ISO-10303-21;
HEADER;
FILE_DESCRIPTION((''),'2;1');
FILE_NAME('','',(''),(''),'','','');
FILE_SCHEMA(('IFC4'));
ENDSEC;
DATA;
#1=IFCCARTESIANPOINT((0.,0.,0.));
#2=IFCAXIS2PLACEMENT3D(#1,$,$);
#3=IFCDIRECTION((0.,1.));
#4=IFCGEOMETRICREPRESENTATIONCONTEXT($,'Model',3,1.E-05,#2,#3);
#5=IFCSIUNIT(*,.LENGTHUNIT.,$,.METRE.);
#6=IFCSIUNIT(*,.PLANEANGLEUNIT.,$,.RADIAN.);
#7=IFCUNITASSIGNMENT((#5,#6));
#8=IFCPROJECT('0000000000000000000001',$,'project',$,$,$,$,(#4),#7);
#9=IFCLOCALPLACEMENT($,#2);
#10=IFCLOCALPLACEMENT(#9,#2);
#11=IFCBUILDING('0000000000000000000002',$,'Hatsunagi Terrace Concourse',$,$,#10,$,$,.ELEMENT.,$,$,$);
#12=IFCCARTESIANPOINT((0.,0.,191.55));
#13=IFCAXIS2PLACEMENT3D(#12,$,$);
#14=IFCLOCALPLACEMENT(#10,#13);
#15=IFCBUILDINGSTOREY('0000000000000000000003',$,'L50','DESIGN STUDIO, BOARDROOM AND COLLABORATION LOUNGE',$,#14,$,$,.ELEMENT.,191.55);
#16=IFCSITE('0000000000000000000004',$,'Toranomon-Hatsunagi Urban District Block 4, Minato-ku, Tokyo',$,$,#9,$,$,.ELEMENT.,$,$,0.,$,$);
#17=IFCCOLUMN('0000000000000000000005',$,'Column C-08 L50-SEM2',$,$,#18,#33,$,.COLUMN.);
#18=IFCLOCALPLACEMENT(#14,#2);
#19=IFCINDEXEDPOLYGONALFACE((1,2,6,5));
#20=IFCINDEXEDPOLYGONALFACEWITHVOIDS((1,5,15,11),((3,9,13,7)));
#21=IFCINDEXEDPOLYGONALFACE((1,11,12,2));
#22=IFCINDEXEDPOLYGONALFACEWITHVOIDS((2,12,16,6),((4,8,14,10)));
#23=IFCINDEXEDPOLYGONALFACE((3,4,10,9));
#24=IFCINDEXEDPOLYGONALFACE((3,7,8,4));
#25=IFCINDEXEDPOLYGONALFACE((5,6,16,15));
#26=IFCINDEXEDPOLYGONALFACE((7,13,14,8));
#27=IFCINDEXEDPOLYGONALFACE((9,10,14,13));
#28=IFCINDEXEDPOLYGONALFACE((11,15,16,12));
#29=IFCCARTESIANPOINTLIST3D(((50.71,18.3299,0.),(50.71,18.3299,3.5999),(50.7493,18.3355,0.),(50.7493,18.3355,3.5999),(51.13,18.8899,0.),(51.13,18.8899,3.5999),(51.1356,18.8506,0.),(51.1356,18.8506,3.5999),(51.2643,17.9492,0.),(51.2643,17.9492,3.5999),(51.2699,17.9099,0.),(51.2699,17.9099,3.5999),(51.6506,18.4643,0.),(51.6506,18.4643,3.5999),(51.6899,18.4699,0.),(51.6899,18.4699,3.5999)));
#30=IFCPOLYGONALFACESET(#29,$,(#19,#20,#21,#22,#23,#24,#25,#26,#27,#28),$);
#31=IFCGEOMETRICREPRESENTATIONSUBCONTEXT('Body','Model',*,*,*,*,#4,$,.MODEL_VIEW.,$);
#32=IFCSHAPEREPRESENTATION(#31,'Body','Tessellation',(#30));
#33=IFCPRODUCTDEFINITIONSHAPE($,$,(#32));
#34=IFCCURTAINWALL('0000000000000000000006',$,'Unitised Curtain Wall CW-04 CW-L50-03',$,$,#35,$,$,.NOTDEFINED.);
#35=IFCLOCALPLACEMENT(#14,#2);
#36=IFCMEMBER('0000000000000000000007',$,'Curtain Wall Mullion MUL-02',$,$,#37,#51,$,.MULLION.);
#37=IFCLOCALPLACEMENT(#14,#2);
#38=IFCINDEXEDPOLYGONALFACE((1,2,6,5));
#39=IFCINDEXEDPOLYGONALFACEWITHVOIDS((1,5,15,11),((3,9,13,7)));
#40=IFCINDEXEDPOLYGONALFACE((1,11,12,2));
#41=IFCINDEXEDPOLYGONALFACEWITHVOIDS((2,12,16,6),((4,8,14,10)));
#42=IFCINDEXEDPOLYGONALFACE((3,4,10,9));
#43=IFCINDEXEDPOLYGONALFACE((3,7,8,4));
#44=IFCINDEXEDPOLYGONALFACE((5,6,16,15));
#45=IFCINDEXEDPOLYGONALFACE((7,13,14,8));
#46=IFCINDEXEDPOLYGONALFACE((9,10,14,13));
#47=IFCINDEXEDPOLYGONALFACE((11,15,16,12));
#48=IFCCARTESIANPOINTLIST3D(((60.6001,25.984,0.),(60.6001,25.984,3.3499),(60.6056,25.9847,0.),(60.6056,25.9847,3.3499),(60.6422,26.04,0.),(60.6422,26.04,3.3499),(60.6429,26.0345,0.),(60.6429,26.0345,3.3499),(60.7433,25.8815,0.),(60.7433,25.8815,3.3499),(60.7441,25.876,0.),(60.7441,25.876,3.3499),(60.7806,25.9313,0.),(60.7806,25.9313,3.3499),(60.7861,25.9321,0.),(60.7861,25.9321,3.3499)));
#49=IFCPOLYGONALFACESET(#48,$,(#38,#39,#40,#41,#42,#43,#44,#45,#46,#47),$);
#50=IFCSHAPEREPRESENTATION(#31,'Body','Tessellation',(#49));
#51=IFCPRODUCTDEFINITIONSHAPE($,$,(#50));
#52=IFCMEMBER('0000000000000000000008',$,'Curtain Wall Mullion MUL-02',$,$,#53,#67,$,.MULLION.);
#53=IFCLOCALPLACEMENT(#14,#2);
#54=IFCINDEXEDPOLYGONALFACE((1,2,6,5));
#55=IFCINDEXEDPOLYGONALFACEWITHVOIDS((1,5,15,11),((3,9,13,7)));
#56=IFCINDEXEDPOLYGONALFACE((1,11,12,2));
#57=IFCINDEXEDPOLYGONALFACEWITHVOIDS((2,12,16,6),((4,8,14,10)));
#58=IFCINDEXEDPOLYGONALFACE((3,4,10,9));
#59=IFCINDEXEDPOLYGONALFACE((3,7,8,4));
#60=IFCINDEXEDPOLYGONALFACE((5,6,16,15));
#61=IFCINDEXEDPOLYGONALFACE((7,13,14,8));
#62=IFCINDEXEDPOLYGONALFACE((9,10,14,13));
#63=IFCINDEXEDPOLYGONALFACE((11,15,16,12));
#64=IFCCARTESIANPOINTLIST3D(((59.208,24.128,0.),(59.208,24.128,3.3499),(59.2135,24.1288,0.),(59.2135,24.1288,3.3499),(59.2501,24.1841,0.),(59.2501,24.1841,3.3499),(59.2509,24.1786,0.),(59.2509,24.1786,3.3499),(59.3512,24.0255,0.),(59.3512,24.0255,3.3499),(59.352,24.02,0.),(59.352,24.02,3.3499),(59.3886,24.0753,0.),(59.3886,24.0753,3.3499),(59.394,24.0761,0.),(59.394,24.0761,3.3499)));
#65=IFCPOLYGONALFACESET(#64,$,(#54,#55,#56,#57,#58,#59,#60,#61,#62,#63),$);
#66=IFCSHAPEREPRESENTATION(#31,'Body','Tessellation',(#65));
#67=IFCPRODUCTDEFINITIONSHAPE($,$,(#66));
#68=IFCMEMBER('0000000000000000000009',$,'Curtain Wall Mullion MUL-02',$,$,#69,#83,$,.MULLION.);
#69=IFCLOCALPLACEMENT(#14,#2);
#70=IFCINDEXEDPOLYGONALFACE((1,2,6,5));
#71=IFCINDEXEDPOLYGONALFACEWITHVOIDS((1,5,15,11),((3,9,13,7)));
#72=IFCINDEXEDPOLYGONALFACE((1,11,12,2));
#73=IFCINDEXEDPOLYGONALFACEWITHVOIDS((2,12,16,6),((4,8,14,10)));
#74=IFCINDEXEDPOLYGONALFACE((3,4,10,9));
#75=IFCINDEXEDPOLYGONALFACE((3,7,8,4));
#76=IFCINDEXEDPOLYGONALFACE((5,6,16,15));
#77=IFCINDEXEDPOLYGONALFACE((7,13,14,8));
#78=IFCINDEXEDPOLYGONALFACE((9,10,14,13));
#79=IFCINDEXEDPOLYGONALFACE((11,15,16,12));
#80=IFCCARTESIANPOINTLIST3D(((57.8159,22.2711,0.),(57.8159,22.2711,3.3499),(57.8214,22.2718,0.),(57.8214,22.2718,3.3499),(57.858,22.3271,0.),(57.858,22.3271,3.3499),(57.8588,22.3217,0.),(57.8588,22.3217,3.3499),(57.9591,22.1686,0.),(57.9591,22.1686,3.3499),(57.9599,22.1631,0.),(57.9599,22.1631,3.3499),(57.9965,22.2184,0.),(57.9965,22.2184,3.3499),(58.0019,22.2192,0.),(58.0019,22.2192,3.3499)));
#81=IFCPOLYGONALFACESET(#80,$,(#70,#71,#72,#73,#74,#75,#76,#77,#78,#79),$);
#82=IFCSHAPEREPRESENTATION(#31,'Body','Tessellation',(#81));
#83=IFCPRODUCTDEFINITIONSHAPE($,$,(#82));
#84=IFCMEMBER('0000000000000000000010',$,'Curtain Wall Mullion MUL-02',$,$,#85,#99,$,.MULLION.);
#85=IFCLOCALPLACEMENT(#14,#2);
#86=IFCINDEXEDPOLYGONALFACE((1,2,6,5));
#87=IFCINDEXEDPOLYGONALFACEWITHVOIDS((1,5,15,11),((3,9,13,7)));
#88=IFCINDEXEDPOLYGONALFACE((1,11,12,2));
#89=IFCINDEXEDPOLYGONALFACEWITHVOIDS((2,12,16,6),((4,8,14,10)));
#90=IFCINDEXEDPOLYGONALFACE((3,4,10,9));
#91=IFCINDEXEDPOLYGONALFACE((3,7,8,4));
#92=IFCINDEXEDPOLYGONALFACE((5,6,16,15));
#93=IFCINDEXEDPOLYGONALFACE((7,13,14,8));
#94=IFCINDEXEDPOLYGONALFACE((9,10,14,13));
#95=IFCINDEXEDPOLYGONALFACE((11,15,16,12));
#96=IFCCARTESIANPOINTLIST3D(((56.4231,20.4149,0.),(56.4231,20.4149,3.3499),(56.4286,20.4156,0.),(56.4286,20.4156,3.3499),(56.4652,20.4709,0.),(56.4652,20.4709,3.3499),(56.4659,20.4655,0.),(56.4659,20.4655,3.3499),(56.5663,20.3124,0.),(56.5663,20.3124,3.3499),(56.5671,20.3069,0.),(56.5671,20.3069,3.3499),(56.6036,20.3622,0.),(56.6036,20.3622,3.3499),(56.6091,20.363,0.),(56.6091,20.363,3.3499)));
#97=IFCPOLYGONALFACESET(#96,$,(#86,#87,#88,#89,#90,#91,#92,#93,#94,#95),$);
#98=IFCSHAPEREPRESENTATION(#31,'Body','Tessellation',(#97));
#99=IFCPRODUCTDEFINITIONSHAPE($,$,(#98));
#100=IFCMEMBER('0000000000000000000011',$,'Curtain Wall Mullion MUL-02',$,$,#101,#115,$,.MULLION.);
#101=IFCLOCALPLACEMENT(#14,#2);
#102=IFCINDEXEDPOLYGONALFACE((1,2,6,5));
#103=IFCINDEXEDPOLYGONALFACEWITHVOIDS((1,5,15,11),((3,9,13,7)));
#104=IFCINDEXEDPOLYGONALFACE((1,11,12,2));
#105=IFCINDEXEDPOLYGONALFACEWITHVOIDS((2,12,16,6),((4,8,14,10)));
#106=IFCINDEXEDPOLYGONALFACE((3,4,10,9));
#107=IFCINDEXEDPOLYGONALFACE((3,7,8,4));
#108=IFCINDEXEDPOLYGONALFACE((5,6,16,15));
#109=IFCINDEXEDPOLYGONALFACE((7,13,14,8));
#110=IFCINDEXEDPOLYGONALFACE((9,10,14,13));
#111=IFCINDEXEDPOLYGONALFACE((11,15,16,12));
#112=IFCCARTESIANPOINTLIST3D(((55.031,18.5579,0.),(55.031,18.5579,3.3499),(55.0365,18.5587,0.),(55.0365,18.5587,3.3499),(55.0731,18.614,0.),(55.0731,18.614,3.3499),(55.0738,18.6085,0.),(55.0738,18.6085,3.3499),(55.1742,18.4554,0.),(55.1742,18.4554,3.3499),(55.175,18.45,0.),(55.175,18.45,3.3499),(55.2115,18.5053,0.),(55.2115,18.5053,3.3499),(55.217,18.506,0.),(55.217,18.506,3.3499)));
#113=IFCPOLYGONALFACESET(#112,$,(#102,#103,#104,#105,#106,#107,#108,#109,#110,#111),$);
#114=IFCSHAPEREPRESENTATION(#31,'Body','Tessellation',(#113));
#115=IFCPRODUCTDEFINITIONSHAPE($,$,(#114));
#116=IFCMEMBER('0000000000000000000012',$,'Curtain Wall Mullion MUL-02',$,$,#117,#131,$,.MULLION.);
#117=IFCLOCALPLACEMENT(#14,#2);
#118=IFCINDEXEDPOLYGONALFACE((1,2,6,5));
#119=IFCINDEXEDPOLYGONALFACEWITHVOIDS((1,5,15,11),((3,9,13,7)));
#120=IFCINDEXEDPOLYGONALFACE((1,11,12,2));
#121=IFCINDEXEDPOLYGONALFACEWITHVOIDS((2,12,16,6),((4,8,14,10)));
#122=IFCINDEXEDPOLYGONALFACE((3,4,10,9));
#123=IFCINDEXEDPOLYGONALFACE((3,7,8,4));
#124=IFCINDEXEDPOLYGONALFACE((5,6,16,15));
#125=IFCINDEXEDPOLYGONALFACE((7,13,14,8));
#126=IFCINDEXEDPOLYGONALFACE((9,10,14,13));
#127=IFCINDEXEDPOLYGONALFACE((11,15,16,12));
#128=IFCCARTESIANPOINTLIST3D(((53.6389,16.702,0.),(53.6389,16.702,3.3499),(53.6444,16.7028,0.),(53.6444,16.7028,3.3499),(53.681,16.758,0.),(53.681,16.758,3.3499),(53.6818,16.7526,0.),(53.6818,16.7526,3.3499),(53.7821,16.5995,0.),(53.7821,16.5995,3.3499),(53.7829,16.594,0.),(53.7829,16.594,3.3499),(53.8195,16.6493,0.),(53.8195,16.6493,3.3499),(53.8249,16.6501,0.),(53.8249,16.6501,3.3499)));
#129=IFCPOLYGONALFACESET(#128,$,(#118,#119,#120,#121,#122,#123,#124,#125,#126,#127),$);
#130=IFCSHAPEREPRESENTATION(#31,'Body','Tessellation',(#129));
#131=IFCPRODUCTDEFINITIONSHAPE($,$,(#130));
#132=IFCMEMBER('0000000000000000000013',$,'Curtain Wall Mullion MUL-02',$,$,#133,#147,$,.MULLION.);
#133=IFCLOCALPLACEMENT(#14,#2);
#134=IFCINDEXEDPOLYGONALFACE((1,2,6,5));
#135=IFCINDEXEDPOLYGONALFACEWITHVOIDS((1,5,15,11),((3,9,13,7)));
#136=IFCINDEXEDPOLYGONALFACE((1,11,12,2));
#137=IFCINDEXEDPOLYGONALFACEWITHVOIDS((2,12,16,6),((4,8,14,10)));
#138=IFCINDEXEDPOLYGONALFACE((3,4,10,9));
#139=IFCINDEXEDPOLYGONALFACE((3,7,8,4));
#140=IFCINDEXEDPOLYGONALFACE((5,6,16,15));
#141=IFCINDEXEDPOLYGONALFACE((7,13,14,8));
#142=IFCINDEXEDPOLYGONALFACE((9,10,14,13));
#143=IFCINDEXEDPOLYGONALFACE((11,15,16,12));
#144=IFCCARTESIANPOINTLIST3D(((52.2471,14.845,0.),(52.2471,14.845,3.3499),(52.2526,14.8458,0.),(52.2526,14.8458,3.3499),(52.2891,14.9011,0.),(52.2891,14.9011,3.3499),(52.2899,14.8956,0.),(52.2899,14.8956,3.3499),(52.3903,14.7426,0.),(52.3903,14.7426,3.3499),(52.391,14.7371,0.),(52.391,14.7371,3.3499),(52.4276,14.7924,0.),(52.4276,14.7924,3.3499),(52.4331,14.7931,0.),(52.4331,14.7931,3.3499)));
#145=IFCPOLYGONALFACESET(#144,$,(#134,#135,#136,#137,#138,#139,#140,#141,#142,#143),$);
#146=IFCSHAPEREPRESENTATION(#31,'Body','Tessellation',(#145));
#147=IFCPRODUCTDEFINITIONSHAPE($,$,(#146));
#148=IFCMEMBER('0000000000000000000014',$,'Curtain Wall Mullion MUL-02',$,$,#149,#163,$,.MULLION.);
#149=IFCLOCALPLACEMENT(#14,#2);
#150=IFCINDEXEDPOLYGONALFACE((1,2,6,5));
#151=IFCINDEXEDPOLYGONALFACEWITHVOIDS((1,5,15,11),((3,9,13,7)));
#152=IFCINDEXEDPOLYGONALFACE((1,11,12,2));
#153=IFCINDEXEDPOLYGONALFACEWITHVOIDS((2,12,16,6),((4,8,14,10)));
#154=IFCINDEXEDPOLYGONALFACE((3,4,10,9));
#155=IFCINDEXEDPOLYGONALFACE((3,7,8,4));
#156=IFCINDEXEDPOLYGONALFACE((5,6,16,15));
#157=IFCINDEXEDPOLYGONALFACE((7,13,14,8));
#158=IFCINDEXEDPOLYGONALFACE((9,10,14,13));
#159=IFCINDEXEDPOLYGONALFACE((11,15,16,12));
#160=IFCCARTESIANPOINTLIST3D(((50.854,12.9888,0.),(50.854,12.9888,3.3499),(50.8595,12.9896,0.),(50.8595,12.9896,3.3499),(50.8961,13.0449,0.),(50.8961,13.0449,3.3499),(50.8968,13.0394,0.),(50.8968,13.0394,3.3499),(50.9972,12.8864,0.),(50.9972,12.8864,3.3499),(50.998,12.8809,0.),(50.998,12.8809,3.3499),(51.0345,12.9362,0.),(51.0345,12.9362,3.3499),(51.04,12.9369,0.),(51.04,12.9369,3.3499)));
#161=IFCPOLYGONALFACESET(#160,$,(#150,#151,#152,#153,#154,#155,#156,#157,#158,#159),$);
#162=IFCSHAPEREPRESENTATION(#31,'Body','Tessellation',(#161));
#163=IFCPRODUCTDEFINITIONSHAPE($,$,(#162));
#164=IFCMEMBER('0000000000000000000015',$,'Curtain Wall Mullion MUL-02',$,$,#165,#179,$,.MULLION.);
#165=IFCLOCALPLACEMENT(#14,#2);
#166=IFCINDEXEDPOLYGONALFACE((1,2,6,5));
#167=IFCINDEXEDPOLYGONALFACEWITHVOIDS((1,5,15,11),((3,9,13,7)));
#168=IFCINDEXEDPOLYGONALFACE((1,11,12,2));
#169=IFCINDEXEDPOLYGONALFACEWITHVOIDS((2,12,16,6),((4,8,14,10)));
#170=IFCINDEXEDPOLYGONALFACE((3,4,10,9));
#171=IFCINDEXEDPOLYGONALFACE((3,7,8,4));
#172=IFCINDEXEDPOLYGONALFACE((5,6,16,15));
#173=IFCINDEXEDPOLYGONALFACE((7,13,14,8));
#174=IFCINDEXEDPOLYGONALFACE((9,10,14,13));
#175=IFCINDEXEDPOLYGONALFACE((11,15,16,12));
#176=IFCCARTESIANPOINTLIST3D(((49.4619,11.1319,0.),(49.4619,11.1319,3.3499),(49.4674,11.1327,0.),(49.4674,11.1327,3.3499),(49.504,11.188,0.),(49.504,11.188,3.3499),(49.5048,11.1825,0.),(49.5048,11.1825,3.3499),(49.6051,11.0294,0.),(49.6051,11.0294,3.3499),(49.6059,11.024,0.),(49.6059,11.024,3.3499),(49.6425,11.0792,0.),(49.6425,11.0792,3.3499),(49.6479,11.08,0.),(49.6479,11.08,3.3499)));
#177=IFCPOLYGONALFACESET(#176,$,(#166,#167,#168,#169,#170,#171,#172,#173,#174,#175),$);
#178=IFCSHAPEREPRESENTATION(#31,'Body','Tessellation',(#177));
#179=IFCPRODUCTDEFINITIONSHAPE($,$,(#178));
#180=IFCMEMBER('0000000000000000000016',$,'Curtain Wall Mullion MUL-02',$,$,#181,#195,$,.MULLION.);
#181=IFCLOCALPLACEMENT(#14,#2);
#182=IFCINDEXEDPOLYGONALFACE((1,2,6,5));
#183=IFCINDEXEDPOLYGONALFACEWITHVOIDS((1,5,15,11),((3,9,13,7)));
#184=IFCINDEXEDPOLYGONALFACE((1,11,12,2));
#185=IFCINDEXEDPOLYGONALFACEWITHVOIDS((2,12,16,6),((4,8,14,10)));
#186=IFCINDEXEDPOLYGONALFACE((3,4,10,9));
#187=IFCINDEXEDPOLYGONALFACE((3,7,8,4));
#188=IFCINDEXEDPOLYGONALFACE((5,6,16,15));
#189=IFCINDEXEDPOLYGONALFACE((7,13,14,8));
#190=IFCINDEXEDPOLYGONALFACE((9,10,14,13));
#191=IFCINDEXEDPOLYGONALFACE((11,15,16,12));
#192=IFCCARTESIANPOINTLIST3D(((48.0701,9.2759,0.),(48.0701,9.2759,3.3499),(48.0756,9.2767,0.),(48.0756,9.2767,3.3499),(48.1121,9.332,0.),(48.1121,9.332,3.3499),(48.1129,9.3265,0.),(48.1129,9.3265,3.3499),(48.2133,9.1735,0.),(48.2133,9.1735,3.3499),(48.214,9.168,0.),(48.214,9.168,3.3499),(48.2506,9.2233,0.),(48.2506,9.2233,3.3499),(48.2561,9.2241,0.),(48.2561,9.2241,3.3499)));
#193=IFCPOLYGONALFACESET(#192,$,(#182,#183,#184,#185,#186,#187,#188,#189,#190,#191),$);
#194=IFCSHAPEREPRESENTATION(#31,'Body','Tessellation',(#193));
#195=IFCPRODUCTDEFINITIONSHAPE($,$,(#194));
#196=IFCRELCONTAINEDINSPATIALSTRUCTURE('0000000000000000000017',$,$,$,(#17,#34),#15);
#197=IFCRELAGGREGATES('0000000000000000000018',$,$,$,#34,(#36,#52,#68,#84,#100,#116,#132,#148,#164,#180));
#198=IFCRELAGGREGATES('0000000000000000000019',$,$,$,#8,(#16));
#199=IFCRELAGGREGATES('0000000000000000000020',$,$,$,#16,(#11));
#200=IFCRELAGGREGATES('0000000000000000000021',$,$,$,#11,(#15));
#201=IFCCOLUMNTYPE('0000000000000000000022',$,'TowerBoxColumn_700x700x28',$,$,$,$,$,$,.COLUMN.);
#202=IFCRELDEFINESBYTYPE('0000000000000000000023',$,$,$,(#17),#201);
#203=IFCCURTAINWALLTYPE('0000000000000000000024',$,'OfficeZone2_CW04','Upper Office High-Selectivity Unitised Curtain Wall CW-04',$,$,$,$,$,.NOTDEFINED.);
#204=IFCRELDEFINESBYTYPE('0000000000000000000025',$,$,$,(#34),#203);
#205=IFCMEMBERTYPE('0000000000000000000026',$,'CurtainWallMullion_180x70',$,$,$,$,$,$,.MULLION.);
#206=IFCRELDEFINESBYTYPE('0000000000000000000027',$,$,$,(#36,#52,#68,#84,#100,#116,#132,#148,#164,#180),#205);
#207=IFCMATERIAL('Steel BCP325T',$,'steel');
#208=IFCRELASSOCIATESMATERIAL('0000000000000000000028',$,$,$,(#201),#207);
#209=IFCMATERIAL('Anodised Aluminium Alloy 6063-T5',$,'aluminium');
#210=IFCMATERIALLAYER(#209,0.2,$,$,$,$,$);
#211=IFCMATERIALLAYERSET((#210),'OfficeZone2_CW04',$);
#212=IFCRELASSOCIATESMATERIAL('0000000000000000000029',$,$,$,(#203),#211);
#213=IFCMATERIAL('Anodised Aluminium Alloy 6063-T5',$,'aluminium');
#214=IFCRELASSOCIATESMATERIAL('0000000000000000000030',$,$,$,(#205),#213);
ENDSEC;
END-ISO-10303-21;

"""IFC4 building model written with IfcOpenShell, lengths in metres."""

from ifc_helpers import new_model, si_unit, direction, frame, origin, origin_2d, place, context, subcontext, project, spatial, hollow_rectangle, extrude, material, layer, layer_set, material_profile, profile_set, type_object, element, aggregate, save


model = new_model("IFC4")

# Units and contexts
model_context = context("Model", 3, precision=1e-05, world=origin(), true_north=direction((0.0, 1.0)))
body_context = subcontext(model_context, "Body", "Model", "MODEL_VIEW")
ifc_project = project(units=[si_unit("LENGTHUNIT", "METRE"), si_unit("PLANEANGLEUNIT", "RADIAN")], contexts=[model_context])

# Site, building, storey
site_placement = place(None, origin())
site = spatial("IfcSite", under=ifc_project, at=site_placement, Name="Toranomon-Hatsunagi Urban District Block 4, Minato-ku, Tokyo", CompositionType="ELEMENT", RefElevation=0.0)
building_placement = place(site_placement, origin())
building = spatial("IfcBuilding", under=site, at=building_placement, Name="Hatsunagi Terrace Concourse", CompositionType="ELEMENT")
storey_placement = place(building_placement, frame((0.0, 0.0, 191.55)))
storey = spatial("IfcBuildingStorey", under=building, at=storey_placement, Name="L50", Description="DESIGN STUDIO, BOARDROOM AND COLLABORATION LOUNGE", CompositionType="ELEMENT", Elevation=191.55)

# Column
ifc_material_1 = material(Name="Steel BCP325T", Category="steel")
ifc_material_profile_1 = material_profile(ifc_material_1, hollow_rectangle(XDim=0.7, YDim=0.7, WallThickness=0.0281, at=origin_2d()), Name="BCP-700x700x28")
ifc_profile_set_1 = profile_set([ifc_material_profile_1], Name="Steel BCP325T")
column_type = type_object("IfcColumnType", Name="TowerBoxColumn_700x700x28", PredefinedType="COLUMN", material=ifc_profile_set_1)
column_placement = place(storey_placement, frame((51.2, 18.3999, 0.0), z_axis=(0.0, 0.0, 1.0), x_axis=(0.8, -0.6, 0.0)))
element("IfcColumn", 1, at=column_placement, inside=storey, type_object=column_type, Name="Column C-08 L50-SEM2", PredefinedType="COLUMN", context=body_context, shape_type="SweptSolid", body=[
    extrude(hollow_rectangle(XDim=0.7, YDim=0.7, WallThickness=0.0281, at=origin_2d()), origin(), (0.0, 0.0, 1.0), 3.5999),
])

# Curtain wall, members
ifc_material_2 = material(Name="Anodised Aluminium Alloy 6063-T5", Category="aluminium")
ifc_layer_1 = layer(ifc_material_2, 0.2)
ifc_layer_set_1 = layer_set([ifc_layer_1], Name="OfficeZone2_CW04")
curtain_wall_type = type_object("IfcCurtainWallType", Name="OfficeZone2_CW04", Description="Upper Office High-Selectivity Unitised Curtain Wall CW-04", PredefinedType="NOTDEFINED", material=ifc_layer_set_1)
curtain_wall_placement = place(storey_placement, origin())
curtain_wall = element("IfcCurtainWall", 2, at=curtain_wall_placement, inside=storey, type_object=curtain_wall_type, Name="Unitised Curtain Wall CW-04 CW-L50-03", PredefinedType="NOTDEFINED")
ifc_material_3 = material(Name="Anodised Aluminium Alloy 6063-T5", Category="aluminium")
ifc_material_profile_2 = material_profile(ifc_material_3, hollow_rectangle(XDim=0.0701, YDim=0.1799, WallThickness=0.0039, at=origin_2d()), Name="ALU-MUL-180x70x4")
ifc_profile_set_2 = profile_set([ifc_material_profile_2], Name="Anodised Aluminium Alloy 6063-T5")
member_type_1 = type_object("IfcMemberType", Name="CurtainWallMullion_180x70", PredefinedType="MULLION", material=ifc_profile_set_2)
member_1_placement = place(storey_placement, frame((60.6931, 25.958, 0.0), z_axis=(0.0, 0.0, 1.0), x_axis=(-0.599969, -0.800023, 0.0)))
member_1 = element("IfcMember", 3, at=member_1_placement, type_object=member_type_1, Name="Curtain Wall Mullion MUL-02", PredefinedType="MULLION", context=body_context, shape_type="SweptSolid", body=[
    extrude(hollow_rectangle(XDim=0.0701, YDim=0.1799, WallThickness=0.0039, at=origin_2d()), origin(), (0.0, 0.0, 1.0), 3.3499),
])
member_2_placement = place(storey_placement, frame((59.301, 24.1021, 0.0), z_axis=(0.0, 0.0, 1.0), x_axis=(-0.599969, -0.800023, 0.0)))
member_2 = element("IfcMember", 4, at=member_2_placement, type_object=member_type_1, Name="Curtain Wall Mullion MUL-02", PredefinedType="MULLION", context=body_context, shape_type="SweptSolid", body=[
    extrude(hollow_rectangle(XDim=0.0701, YDim=0.1799, WallThickness=0.0039, at=origin_2d()), origin(), (0.0, 0.0, 1.0), 3.3499),
])
member_3_placement = place(storey_placement, frame((57.9089, 22.2451, 0.0), z_axis=(0.0, 0.0, 1.0), x_axis=(-0.599969, -0.800023, 0.0)))
member_3 = element("IfcMember", 5, at=member_3_placement, type_object=member_type_1, Name="Curtain Wall Mullion MUL-02", PredefinedType="MULLION", context=body_context, shape_type="SweptSolid", body=[
    extrude(hollow_rectangle(XDim=0.0701, YDim=0.1799, WallThickness=0.0039, at=origin_2d()), origin(), (0.0, 0.0, 1.0), 3.3499),
])
member_4_placement = place(storey_placement, frame((56.5161, 20.3889, 0.0), z_axis=(0.0, 0.0, 1.0), x_axis=(-0.599969, -0.800023, 0.0)))
member_4 = element("IfcMember", 6, at=member_4_placement, type_object=member_type_1, Name="Curtain Wall Mullion MUL-02", PredefinedType="MULLION", context=body_context, shape_type="SweptSolid", body=[
    extrude(hollow_rectangle(XDim=0.0701, YDim=0.1799, WallThickness=0.0039, at=origin_2d()), origin(), (0.0, 0.0, 1.0), 3.3499),
])
member_5_placement = place(storey_placement, frame((55.124, 18.532, 0.0), z_axis=(0.0, 0.0, 1.0), x_axis=(-0.599969, -0.800023, 0.0)))
member_5 = element("IfcMember", 7, at=member_5_placement, type_object=member_type_1, Name="Curtain Wall Mullion MUL-02", PredefinedType="MULLION", context=body_context, shape_type="SweptSolid", body=[
    extrude(hollow_rectangle(XDim=0.0701, YDim=0.1799, WallThickness=0.0039, at=origin_2d()), origin(), (0.0, 0.0, 1.0), 3.3499),
])
member_6_placement = place(storey_placement, frame((53.7319, 16.676, 0.0), z_axis=(0.0, 0.0, 1.0), x_axis=(-0.599969, -0.800023, 0.0)))
member_6 = element("IfcMember", 8, at=member_6_placement, type_object=member_type_1, Name="Curtain Wall Mullion MUL-02", PredefinedType="MULLION", context=body_context, shape_type="SweptSolid", body=[
    extrude(hollow_rectangle(XDim=0.0701, YDim=0.1799, WallThickness=0.0039, at=origin_2d()), origin(), (0.0, 0.0, 1.0), 3.3499),
])
member_7_placement = place(storey_placement, frame((52.3401, 14.8191, 0.0), z_axis=(0.0, 0.0, 1.0), x_axis=(-0.599969, -0.800023, 0.0)))
member_7 = element("IfcMember", 9, at=member_7_placement, type_object=member_type_1, Name="Curtain Wall Mullion MUL-02", PredefinedType="MULLION", context=body_context, shape_type="SweptSolid", body=[
    extrude(hollow_rectangle(XDim=0.0701, YDim=0.1799, WallThickness=0.0039, at=origin_2d()), origin(), (0.0, 0.0, 1.0), 3.3499),
])
member_8_placement = place(storey_placement, frame((50.947, 12.9629, 0.0), z_axis=(0.0, 0.0, 1.0), x_axis=(-0.599969, -0.800023, 0.0)))
member_8 = element("IfcMember", 10, at=member_8_placement, type_object=member_type_1, Name="Curtain Wall Mullion MUL-02", PredefinedType="MULLION", context=body_context, shape_type="SweptSolid", body=[
    extrude(hollow_rectangle(XDim=0.0701, YDim=0.1799, WallThickness=0.0039, at=origin_2d()), origin(), (0.0, 0.0, 1.0), 3.3499),
])
member_9_placement = place(storey_placement, frame((49.5549, 11.106, 0.0), z_axis=(0.0, 0.0, 1.0), x_axis=(-0.599969, -0.800023, 0.0)))
member_9 = element("IfcMember", 11, at=member_9_placement, type_object=member_type_1, Name="Curtain Wall Mullion MUL-02", PredefinedType="MULLION", context=body_context, shape_type="SweptSolid", body=[
    extrude(hollow_rectangle(XDim=0.0701, YDim=0.1799, WallThickness=0.0039, at=origin_2d()), origin(), (0.0, 0.0, 1.0), 3.3499),
])
member_10_placement = place(storey_placement, frame((48.1631, 9.25, 0.0), z_axis=(0.0, 0.0, 1.0), x_axis=(-0.599969, -0.800023, 0.0)))
member_10 = element("IfcMember", 12, at=member_10_placement, type_object=member_type_1, Name="Curtain Wall Mullion MUL-02", PredefinedType="MULLION", context=body_context, shape_type="SweptSolid", body=[
    extrude(hollow_rectangle(XDim=0.0701, YDim=0.1799, WallThickness=0.0039, at=origin_2d()), origin(), (0.0, 0.0, 1.0), 3.3499),
])

aggregate(curtain_wall, [member_1, member_2, member_3, member_4, member_5, member_6, member_7, member_8, member_9, member_10])

save(model, "model.ifc")
